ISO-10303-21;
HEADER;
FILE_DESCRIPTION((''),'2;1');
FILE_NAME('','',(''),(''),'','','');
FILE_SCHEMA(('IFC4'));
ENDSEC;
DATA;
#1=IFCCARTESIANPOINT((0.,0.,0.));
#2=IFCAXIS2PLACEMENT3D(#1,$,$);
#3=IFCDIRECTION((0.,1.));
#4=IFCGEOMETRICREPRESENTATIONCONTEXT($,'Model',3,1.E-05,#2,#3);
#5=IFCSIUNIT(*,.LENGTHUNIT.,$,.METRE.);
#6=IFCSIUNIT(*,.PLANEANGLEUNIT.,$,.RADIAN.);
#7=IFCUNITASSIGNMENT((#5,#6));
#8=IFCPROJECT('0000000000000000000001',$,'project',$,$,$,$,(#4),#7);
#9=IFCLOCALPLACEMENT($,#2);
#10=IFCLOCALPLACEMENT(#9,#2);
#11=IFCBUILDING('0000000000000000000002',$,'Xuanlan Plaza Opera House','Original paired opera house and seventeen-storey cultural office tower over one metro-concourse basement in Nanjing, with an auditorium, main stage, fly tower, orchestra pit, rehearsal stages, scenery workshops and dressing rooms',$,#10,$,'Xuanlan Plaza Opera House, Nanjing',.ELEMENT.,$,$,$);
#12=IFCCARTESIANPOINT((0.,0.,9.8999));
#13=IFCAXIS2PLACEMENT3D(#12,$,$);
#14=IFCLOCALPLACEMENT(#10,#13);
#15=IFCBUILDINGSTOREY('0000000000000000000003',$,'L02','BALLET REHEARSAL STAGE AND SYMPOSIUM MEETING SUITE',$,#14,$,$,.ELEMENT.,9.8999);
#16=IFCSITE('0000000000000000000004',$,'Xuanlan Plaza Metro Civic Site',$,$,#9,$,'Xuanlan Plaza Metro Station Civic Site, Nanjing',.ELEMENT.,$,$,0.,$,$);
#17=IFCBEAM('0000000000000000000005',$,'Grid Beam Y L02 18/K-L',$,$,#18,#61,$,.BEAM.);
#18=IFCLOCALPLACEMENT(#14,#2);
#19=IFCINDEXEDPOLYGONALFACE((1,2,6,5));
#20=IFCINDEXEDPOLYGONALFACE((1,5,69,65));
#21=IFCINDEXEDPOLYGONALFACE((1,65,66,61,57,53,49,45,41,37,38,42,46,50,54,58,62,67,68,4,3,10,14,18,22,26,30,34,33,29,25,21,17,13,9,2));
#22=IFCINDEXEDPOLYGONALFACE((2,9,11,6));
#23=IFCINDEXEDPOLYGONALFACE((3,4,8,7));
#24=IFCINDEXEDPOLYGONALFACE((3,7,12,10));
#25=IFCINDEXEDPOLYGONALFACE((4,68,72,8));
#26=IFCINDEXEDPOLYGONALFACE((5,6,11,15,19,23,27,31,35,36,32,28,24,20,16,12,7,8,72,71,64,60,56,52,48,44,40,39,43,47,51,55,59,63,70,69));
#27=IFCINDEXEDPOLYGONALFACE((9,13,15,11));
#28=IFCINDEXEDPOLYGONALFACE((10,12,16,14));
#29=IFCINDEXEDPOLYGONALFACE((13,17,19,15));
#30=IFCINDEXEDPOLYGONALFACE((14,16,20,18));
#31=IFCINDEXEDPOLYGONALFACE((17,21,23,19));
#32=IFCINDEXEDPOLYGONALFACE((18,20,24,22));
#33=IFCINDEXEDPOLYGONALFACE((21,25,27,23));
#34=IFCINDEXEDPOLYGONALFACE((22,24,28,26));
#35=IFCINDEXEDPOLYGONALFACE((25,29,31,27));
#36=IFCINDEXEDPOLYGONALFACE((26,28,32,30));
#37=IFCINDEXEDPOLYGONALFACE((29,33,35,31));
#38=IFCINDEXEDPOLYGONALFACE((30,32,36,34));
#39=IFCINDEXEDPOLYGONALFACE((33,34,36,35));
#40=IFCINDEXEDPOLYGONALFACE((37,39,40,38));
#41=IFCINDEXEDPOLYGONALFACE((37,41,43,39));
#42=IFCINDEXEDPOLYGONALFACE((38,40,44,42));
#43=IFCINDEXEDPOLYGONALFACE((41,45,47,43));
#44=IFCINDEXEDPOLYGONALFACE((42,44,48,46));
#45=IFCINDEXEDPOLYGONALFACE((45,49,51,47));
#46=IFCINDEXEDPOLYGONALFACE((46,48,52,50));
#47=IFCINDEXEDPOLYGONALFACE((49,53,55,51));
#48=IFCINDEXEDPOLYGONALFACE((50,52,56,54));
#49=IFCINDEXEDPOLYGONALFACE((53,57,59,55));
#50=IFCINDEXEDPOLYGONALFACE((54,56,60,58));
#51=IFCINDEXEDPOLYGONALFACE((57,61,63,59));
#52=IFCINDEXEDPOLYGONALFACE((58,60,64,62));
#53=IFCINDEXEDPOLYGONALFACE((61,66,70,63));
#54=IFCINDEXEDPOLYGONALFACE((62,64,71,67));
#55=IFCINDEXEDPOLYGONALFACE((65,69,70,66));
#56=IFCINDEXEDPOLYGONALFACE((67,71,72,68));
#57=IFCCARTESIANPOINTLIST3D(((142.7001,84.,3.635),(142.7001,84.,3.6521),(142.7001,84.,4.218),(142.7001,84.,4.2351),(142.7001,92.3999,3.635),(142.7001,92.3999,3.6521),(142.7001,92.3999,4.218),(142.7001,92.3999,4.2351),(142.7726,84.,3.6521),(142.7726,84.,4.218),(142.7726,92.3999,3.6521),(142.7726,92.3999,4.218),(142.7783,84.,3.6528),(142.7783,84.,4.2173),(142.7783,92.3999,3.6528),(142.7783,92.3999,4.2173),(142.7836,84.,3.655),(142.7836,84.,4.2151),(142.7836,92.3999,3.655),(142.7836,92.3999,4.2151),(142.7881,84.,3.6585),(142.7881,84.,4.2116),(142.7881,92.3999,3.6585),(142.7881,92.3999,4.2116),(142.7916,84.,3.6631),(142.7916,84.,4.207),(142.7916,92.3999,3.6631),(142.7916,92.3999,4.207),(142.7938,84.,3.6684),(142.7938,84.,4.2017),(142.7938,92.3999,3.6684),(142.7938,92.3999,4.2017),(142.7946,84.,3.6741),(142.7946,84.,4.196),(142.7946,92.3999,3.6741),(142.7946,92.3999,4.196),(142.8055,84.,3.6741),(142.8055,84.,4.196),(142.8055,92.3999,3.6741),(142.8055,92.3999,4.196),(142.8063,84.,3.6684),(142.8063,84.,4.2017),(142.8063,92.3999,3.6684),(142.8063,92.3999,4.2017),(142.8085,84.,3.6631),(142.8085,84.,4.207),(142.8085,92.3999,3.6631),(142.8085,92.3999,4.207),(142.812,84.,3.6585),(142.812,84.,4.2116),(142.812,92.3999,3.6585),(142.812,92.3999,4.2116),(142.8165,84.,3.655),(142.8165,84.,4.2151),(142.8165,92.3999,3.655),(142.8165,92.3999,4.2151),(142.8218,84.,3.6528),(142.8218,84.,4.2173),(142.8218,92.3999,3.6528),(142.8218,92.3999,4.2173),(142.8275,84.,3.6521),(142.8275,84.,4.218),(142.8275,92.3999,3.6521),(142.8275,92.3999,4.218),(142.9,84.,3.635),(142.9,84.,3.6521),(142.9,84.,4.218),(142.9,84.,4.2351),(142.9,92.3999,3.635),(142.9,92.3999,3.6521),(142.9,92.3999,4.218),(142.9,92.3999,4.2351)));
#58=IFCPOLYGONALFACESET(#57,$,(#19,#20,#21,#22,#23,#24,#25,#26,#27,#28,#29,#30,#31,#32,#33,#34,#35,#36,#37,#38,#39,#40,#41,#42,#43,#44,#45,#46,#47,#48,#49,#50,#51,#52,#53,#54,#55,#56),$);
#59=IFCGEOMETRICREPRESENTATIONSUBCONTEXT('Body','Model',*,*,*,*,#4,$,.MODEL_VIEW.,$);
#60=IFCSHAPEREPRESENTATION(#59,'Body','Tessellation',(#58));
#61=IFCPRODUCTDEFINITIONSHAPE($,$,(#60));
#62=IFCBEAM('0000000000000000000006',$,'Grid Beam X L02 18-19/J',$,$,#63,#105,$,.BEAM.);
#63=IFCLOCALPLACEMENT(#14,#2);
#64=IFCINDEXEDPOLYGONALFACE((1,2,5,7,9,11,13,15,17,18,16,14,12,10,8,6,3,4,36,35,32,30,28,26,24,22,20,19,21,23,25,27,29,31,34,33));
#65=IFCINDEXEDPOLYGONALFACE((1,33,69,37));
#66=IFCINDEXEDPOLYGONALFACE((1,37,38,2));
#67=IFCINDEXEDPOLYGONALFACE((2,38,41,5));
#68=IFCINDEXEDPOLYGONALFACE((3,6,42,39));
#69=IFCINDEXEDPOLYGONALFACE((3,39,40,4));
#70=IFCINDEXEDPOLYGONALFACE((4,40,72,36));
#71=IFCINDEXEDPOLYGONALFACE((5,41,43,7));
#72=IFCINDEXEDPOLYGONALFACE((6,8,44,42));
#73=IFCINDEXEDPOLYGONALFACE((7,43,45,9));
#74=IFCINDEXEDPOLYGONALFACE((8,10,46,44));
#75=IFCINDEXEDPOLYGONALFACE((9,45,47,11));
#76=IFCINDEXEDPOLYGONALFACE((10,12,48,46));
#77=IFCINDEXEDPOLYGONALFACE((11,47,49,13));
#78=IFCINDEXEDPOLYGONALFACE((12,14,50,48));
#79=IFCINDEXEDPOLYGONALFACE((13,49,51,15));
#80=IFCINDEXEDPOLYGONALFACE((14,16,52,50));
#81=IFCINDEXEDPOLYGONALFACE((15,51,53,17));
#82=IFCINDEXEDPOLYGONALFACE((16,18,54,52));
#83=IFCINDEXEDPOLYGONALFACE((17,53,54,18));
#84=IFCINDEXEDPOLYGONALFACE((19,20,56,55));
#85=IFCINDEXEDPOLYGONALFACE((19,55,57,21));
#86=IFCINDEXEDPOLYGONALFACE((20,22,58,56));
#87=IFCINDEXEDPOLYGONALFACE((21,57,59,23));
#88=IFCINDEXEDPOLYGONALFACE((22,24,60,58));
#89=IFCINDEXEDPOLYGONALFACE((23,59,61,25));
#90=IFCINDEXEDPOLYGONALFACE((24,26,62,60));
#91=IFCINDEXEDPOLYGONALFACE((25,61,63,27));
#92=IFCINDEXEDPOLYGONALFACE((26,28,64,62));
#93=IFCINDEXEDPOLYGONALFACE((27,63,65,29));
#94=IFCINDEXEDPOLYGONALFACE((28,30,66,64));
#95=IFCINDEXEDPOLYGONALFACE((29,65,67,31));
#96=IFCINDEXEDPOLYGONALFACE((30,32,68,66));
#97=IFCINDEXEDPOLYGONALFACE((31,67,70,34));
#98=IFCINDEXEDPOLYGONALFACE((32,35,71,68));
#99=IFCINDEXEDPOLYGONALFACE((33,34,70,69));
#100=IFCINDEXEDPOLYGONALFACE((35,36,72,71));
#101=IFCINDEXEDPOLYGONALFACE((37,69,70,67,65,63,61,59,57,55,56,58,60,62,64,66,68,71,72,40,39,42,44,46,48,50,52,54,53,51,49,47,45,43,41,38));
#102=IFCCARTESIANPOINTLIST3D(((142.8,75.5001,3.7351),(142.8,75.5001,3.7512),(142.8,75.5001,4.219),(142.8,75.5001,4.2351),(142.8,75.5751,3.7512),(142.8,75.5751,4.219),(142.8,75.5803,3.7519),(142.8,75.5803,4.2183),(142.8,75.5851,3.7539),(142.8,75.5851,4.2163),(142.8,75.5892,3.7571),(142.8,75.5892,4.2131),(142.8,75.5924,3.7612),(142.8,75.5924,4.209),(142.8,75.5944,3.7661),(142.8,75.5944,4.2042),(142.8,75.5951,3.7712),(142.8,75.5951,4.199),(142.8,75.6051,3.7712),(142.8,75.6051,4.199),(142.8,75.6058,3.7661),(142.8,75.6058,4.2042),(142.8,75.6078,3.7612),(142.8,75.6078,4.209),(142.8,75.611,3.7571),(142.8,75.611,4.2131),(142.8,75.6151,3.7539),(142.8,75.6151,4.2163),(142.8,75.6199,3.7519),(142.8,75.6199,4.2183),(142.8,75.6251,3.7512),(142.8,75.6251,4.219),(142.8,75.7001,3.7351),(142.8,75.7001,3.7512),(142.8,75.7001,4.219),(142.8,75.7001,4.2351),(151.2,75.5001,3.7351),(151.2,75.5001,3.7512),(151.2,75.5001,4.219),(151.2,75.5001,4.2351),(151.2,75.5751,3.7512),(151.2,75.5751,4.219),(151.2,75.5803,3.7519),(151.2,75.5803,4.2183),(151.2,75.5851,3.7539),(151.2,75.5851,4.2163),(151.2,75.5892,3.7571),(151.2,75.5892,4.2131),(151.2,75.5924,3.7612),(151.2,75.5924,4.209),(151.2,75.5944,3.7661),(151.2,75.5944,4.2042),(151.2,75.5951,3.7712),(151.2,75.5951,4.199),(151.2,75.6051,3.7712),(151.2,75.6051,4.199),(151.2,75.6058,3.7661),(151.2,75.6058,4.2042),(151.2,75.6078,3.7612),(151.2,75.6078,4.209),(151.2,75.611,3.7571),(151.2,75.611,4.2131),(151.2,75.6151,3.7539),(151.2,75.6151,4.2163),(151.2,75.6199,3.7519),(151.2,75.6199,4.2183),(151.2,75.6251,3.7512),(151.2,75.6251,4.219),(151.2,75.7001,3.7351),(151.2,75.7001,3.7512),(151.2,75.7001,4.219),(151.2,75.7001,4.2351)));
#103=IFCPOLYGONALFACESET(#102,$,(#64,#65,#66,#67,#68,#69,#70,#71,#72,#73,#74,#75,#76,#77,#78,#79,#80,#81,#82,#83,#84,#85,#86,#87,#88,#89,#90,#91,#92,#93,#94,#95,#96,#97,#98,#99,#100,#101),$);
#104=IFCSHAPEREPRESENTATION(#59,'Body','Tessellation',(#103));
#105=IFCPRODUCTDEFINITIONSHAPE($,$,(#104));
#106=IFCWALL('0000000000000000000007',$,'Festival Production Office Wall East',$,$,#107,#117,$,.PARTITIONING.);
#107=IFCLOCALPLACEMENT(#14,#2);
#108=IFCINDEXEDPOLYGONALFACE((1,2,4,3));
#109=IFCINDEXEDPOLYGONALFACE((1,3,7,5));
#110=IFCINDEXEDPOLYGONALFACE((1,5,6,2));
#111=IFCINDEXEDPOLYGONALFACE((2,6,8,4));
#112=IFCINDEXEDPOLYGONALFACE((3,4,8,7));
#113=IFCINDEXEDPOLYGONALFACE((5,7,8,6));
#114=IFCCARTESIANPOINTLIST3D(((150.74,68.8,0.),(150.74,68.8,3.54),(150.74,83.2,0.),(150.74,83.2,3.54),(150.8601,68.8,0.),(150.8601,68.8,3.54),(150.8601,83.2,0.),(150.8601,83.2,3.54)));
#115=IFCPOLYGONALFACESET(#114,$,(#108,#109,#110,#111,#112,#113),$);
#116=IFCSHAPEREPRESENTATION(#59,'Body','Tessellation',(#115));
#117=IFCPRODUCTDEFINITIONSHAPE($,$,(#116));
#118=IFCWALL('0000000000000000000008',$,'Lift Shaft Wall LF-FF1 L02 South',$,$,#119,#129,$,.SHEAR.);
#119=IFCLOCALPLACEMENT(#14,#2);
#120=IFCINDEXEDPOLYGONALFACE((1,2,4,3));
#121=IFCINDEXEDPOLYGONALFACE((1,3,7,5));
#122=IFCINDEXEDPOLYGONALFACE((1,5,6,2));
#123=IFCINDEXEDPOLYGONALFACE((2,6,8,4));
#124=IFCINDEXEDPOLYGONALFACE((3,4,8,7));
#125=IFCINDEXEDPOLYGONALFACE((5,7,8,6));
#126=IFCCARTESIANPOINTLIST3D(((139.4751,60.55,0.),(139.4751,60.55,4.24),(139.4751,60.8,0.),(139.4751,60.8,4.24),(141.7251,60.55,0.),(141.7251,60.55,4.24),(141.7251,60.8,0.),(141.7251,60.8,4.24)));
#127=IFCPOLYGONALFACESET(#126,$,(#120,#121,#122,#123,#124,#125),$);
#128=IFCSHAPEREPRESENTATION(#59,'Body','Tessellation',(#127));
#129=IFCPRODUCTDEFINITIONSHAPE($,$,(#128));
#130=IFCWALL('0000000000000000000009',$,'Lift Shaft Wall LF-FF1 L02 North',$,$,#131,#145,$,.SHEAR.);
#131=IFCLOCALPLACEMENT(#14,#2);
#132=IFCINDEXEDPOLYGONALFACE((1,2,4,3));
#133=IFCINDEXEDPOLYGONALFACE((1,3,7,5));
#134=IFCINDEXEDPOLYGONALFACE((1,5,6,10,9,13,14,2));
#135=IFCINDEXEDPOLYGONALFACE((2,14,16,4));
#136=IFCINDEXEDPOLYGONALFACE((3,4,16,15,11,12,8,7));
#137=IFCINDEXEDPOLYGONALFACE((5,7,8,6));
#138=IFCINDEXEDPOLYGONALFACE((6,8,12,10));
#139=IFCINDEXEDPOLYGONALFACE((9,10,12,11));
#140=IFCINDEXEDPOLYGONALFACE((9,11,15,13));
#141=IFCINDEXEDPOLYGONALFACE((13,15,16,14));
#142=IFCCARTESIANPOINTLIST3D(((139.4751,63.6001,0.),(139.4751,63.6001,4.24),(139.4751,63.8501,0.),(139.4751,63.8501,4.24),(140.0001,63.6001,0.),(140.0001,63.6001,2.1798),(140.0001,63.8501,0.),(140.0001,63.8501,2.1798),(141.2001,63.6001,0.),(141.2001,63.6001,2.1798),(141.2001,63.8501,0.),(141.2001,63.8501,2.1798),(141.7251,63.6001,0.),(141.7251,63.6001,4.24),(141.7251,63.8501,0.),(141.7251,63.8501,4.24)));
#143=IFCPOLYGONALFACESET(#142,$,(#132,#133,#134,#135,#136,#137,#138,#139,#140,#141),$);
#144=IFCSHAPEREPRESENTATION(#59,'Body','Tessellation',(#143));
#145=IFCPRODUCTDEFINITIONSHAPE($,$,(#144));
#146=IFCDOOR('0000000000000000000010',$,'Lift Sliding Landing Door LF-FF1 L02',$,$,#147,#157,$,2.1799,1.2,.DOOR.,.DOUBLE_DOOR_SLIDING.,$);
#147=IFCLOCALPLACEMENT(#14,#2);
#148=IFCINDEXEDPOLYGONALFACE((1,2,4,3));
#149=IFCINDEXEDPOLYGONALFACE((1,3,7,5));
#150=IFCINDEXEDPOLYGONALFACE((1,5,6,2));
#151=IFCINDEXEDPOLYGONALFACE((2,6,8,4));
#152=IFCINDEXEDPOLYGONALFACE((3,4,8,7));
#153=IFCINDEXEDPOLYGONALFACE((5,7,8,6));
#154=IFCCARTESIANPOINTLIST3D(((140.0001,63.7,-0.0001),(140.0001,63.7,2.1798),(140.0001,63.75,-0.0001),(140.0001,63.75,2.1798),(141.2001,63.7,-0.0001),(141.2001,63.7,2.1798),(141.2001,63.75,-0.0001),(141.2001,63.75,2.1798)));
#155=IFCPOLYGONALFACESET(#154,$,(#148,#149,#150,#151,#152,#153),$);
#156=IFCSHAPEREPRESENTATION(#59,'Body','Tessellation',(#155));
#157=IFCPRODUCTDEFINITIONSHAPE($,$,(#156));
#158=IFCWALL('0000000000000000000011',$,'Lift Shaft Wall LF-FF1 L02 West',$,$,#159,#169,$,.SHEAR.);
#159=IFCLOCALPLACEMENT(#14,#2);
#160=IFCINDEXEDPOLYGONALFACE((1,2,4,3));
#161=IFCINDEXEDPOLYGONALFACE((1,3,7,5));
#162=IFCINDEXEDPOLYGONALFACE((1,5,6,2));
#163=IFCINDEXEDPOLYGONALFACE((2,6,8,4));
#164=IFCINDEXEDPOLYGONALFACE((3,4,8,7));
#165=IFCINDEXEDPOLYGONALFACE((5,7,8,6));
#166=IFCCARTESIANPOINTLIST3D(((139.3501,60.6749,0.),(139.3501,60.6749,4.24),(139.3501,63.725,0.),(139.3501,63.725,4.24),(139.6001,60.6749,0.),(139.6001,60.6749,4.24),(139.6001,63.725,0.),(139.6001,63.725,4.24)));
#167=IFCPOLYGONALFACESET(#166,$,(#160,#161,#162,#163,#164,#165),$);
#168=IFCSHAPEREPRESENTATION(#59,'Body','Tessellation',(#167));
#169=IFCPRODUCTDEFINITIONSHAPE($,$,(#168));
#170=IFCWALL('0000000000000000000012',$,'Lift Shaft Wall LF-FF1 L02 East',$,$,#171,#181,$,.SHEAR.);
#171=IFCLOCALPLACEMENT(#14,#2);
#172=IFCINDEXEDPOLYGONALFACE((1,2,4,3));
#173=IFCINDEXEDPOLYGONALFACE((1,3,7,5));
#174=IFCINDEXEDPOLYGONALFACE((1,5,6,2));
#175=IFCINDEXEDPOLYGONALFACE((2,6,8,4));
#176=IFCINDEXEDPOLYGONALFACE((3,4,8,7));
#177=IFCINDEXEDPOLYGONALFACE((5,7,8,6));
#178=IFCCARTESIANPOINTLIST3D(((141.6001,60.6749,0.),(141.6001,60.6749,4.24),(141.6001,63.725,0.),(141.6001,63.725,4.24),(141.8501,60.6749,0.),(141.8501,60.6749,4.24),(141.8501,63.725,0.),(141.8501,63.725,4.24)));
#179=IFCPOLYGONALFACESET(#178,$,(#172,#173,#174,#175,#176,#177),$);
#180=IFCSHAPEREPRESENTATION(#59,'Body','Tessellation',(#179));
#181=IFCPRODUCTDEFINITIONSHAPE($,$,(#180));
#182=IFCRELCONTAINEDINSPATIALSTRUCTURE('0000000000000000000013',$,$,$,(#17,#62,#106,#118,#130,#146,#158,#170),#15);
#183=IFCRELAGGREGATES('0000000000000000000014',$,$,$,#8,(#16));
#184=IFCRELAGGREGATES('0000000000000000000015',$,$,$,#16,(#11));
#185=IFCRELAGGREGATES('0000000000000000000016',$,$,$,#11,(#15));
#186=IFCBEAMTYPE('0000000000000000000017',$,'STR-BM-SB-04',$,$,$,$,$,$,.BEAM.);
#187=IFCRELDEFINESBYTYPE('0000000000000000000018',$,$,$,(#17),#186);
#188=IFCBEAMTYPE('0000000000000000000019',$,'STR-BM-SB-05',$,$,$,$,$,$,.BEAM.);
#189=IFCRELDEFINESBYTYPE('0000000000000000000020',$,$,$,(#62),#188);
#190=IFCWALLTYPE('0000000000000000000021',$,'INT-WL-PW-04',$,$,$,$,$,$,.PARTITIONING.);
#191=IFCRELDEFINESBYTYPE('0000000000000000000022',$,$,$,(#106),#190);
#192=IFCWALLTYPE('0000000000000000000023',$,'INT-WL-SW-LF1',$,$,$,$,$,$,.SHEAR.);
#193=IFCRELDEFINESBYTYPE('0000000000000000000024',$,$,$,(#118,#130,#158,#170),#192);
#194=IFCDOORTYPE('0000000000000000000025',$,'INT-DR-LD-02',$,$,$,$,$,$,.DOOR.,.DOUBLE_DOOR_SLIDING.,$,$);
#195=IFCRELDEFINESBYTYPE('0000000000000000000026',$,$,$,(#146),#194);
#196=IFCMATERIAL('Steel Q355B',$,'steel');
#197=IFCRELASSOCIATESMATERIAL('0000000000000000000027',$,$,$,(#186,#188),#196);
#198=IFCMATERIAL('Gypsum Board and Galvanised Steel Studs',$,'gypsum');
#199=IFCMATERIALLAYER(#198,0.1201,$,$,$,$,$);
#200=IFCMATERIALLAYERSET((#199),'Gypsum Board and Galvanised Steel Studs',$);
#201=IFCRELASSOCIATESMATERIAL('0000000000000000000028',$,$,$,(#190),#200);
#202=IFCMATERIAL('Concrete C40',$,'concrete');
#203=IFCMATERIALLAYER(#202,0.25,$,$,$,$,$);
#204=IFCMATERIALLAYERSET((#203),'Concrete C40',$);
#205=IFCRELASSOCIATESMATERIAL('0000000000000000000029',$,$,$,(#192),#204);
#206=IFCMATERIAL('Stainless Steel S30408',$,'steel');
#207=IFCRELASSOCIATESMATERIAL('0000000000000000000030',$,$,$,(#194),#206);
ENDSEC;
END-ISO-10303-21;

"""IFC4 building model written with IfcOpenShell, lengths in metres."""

from ifc_helpers import new_model, si_unit, direction, frame, frame_2d, origin, origin_2d, place, context, subcontext, project, spatial, rectangle, i_section, extrude, material, layer, layer_set, material_profile, profile_set, type_object, element, fill, save


model = new_model("IFC4")

# Units and contexts
model_context = context("Model", 3, precision=1e-05, world=origin(), true_north=direction((0.0, 1.0)))
body_context = subcontext(model_context, "Body", "Model", "MODEL_VIEW")
ifc_project = project(units=[si_unit("LENGTHUNIT", "METRE"), si_unit("PLANEANGLEUNIT", "RADIAN")], contexts=[model_context])

# Site, building, storey
site_placement = place(None, origin())
site = spatial("IfcSite", under=ifc_project, at=site_placement, Name="Xuanlan Plaza Metro Civic Site", LongName="Xuanlan Plaza Metro Station Civic Site, Nanjing", CompositionType="ELEMENT", RefElevation=0.0)
building_placement = place(site_placement, origin())
building = spatial("IfcBuilding", under=site, at=building_placement, Name="Xuanlan Plaza Opera House", Description="Original paired opera house and seventeen-storey cultural office tower over one metro-concourse basement in Nanjing, with an auditorium, main stage, fly tower, orchestra pit, rehearsal stages, scenery workshops and dressing rooms", LongName="Xuanlan Plaza Opera House, Nanjing", CompositionType="ELEMENT")
storey_placement = place(building_placement, frame((0.0, 0.0, 9.8999)))
storey = spatial("IfcBuildingStorey", under=building, at=storey_placement, Name="L02", Description="BALLET REHEARSAL STAGE AND SYMPOSIUM MEETING SUITE", CompositionType="ELEMENT", Elevation=9.8999)

# Beams
ifc_material_1 = material(Name="Concrete C40", Category="concrete")
ifc_material_2 = material(Name="Steel Q355B", Category="steel")
ifc_material_profile_1 = material_profile(ifc_material_2, i_section(OverallWidth=0.2, OverallDepth=0.6001, WebThickness=0.011, FlangeThickness=0.0171, FilletRadius=0.022, at=origin_2d()), Name="HN 600x200x11x17")
ifc_profile_set_1 = profile_set([ifc_material_profile_1], Name="Steel Q355B")
beam_type_1 = type_object("IfcBeamType", Name="STR-BM-SB-04", PredefinedType="BEAM", material=ifc_profile_set_1)
beam_1_placement = place(storey_placement, frame((142.8, 84.0, 3.9351), z_axis=(0.0, 1.0, 0.0), x_axis=(-1.0, 0.0, 0.0)))
element("IfcBeam", 1, at=beam_1_placement, inside=storey, type_object=beam_type_1, Name="Grid Beam Y L02 18/K-L", PredefinedType="BEAM", context=body_context, shape_type="SweptSolid", body=[
    extrude(i_section(OverallWidth=0.2, OverallDepth=0.6001, WebThickness=0.011, FlangeThickness=0.0171, FilletRadius=0.022, at=origin_2d()), origin(), (0.0, 0.0, 1.0), 8.3999),
])
ifc_material_profile_2 = material_profile(ifc_material_2, i_section(OverallWidth=0.2, OverallDepth=0.5, WebThickness=0.01, FlangeThickness=0.0161, FilletRadius=0.02, at=origin_2d()), Name="HN 500x200x10x16")
ifc_profile_set_2 = profile_set([ifc_material_profile_2], Name="Steel Q355B")
beam_type_2 = type_object("IfcBeamType", Name="STR-BM-SB-05", PredefinedType="BEAM", material=ifc_profile_set_2)
beam_2_placement = place(storey_placement, frame((142.8, 75.6001, 3.9851), z_axis=(1.0, 0.0, 0.0), x_axis=(0.0, 1.0, 0.0)))
element("IfcBeam", 2, at=beam_2_placement, inside=storey, type_object=beam_type_2, Name="Grid Beam X L02 18-19/J", PredefinedType="BEAM", context=body_context, shape_type="SweptSolid", body=[
    extrude(i_section(OverallWidth=0.2, OverallDepth=0.5, WebThickness=0.01, FlangeThickness=0.0161, FilletRadius=0.02, at=origin_2d()), origin(), (0.0, 0.0, 1.0), 8.3999),
])

# Walls
ifc_material_3 = material(Name="Gypsum Board and Galvanised Steel Studs", Category="gypsum")
ifc_layer_1 = layer(ifc_material_3, 0.1201)
ifc_layer_set_1 = layer_set([ifc_layer_1], Name="Gypsum Board and Galvanised Steel Studs")
wall_type_1 = type_object("IfcWallType", Name="INT-WL-PW-04", PredefinedType="PARTITIONING", material=ifc_layer_set_1)
wall_1_placement = place(storey_placement, frame((150.8, 68.8, 0.0), z_axis=(0.0, 0.0, 1.0), x_axis=(0.0, 1.0, 0.0)))
element("IfcWall", 3, at=wall_1_placement, inside=storey, type_object=wall_type_1, Name="Festival Production Office Wall East", PredefinedType="PARTITIONING", context=body_context, shape_type="SweptSolid", body=[
    extrude(rectangle(XDim=14.3999, YDim=0.1201, at=frame_2d((7.2, 0.0))), origin(), (0.0, 0.0, 1.0), 3.54),
])
ifc_layer_2 = layer(ifc_material_1, 0.25)
ifc_layer_set_2 = layer_set([ifc_layer_2], Name="Concrete C40")
wall_type_2 = type_object("IfcWallType", Name="INT-WL-SW-LF1", PredefinedType="SHEAR", material=ifc_layer_set_2)
wall_2_placement = place(storey_placement, frame((139.4751, 60.675, 0.0), z_axis=(0.0, 0.0, 1.0), x_axis=(1.0, 0.0, 0.0)))
element("IfcWall", 4, at=wall_2_placement, inside=storey, type_object=wall_type_2, Name="Lift Shaft Wall LF-FF1 L02 South", PredefinedType="SHEAR", context=body_context, shape_type="SweptSolid", body=[
    extrude(rectangle(XDim=2.25, YDim=0.25, at=frame_2d((1.125, 0.0))), origin(), (0.0, 0.0, 1.0), 4.24),
])

# Wall, opening, door
wall_3_placement = place(storey_placement, frame((139.4751, 63.7251, 0.0), z_axis=(0.0, 0.0, 1.0), x_axis=(1.0, 0.0, 0.0)))
wall_3 = element("IfcWall", 5, at=wall_3_placement, inside=storey, type_object=wall_type_2, Name="Lift Shaft Wall LF-FF1 L02 North", PredefinedType="SHEAR", context=body_context, shape_type="SweptSolid", body=[
    extrude(rectangle(XDim=2.25, YDim=0.25, at=frame_2d((1.125, 0.0))), origin(), (0.0, 0.0, 1.0), 4.24),
])
opening_1_placement = place(wall_3_placement, frame((0.5249, 0.0, 0.0)))
opening_1 = element("IfcOpeningElement", 6, at=opening_1_placement, cuts=wall_3, PredefinedType="OPENING", context=body_context, shape_type="SweptSolid", body=[
    extrude(rectangle(XDim=1.2, YDim=2.1799, at=frame_2d((0.6001, 1.0898))), frame((0.0, 0.135, 0.0), z_axis=(0.0, -1.0, 0.0), x_axis=(1.0, 0.0, 0.0)), (0.0, 0.0, 1.0), 0.27),
])
ifc_material_4 = material(Name="Stainless Steel S30408", Category="steel")
door_type_1 = type_object("IfcDoorType", Name="INT-DR-LD-02", OperationType="DOUBLE_DOOR_SLIDING", PredefinedType="DOOR", material=ifc_material_4)
door_1_placement = place(opening_1_placement, origin())
door_1 = element("IfcDoor", 7, at=door_1_placement, inside=storey, type_object=door_type_1, Name="Lift Sliding Landing Door LF-FF1 L02", OperationType="DOUBLE_DOOR_SLIDING", OverallHeight=2.1799, OverallWidth=1.2, PredefinedType="DOOR", context=body_context, shape_type="SweptSolid", body=[
    extrude(rectangle(XDim=1.2, YDim=2.1799, at=frame_2d((0.6001, 1.0898))), frame((0.0, 0.0249, 0.0), z_axis=(0.0, -1.0, 0.0), x_axis=(1.0, 0.0, 0.0)), (0.0, 0.0, 1.0), 0.05),
])
fill(opening_1, door_1)

# Walls
for number, where, z_axis, x_axis, name in (
    (8, (139.4751, 60.675, 0.0), (0.0, 0.0, 1.0), (0.0, 1.0, 0.0), "Lift Shaft Wall LF-FF1 L02 West"),
    (9, (141.7251, 60.675, 0.0), (0.0, 0.0, 1.0), (0.0, 1.0, 0.0), "Lift Shaft Wall LF-FF1 L02 East"),
):
    element("IfcWall", number, at=place(storey_placement, frame(where, z_axis=z_axis, x_axis=x_axis)), inside=storey, type_object=wall_type_2, Name=name, PredefinedType="SHEAR", context=body_context, shape_type="SweptSolid", body=[
        extrude(rectangle(XDim=3.05, YDim=0.25, at=frame_2d((1.5249, 0.0))), origin(), (0.0, 0.0, 1.0), 4.24),
    ])

save(model, "model.ifc")
